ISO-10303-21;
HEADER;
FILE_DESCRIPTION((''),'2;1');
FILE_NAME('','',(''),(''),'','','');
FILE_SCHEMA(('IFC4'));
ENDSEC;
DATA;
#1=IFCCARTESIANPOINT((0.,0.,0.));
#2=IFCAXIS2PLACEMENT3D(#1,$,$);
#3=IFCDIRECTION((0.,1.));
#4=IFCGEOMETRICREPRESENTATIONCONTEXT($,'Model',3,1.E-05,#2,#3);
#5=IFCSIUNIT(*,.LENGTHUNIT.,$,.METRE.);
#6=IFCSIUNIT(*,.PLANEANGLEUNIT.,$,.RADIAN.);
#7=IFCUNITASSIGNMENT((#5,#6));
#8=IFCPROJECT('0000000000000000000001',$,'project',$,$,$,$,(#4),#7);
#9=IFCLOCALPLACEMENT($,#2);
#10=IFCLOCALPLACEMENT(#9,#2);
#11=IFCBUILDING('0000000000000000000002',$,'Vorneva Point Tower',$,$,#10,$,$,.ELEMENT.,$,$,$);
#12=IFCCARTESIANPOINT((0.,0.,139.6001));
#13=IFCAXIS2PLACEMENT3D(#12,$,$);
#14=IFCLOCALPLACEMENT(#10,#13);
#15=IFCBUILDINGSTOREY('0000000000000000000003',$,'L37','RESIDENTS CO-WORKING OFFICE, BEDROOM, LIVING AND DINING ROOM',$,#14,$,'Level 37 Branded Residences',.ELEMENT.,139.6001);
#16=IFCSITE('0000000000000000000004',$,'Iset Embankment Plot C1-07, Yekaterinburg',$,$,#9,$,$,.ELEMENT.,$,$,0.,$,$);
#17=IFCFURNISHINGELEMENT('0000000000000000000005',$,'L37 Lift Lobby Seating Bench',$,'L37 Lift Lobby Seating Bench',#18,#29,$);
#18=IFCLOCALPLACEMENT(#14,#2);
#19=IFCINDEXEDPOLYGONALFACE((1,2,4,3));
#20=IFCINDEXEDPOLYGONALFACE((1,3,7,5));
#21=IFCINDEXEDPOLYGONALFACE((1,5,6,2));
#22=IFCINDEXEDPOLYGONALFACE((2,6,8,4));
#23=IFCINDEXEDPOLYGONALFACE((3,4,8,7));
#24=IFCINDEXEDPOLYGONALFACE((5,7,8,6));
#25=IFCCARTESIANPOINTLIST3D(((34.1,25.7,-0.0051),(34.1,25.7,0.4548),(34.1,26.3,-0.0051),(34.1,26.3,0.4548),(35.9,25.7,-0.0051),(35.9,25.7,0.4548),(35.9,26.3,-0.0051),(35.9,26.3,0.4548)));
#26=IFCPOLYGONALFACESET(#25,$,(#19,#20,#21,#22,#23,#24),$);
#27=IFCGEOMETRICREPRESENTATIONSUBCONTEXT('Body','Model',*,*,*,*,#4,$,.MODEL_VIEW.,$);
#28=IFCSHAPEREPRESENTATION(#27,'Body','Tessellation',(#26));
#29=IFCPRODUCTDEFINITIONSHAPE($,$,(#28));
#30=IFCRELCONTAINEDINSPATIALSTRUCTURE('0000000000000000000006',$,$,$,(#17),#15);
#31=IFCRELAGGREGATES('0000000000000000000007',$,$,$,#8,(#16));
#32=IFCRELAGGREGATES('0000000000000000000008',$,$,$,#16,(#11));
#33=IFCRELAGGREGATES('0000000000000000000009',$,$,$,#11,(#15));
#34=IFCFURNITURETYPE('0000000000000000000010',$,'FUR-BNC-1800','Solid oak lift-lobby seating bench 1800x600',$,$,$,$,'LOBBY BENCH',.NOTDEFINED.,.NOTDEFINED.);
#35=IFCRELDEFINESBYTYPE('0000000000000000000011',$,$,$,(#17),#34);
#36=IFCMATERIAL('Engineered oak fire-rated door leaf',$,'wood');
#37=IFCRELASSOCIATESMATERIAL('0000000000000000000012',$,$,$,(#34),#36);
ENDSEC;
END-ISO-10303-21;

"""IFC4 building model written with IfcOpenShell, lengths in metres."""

from ifc_helpers import new_model, si_unit, direction, frame, origin, origin_2d, place, context, subcontext, project, spatial, rectangle, extrude, material, type_object, element, save


model = new_model("IFC4")

# Units and contexts
model_context = context("Model", 3, precision=1e-05, world=origin(), true_north=direction((0.0, 1.0)))
body_context = subcontext(model_context, "Body", "Model", "MODEL_VIEW")
ifc_project = project(units=[si_unit("LENGTHUNIT", "METRE"), si_unit("PLANEANGLEUNIT", "RADIAN")], contexts=[model_context])

# Site, building, storey
site_placement = place(None, origin())
site = spatial("IfcSite", under=ifc_project, at=site_placement, Name="Iset Embankment Plot C1-07, Yekaterinburg", CompositionType="ELEMENT", RefElevation=0.0)
building_placement = place(site_placement, origin())
building = spatial("IfcBuilding", under=site, at=building_placement, Name="Vorneva Point Tower", CompositionType="ELEMENT")
storey_placement = place(building_placement, frame((0.0, 0.0, 139.6001)))
storey = spatial("IfcBuildingStorey", under=building, at=storey_placement, Name="L37", Description="RESIDENTS CO-WORKING OFFICE, BEDROOM, LIVING AND DINING ROOM", LongName="Level 37 Branded Residences", CompositionType="ELEMENT", Elevation=139.6001)

# Shared definitions
ifc_material_1 = material(Name="Engineered oak fire-rated door leaf", Category="wood")

# Furnishing element
furniture_type = type_object("IfcFurnitureType", Name="FUR-BNC-1800", Description="Solid oak lift-lobby seating bench 1800x600", ElementType="LOBBY BENCH", AssemblyPlace="NOTDEFINED", PredefinedType="NOTDEFINED", material=ifc_material_1)
furnishing_placement = place(storey_placement, frame((35.0, 26.0, -0.0051), z_axis=(0.0, 0.0, 1.0), x_axis=(1.0, 0.0, 0.0)))
element("IfcFurnishingElement", 1, at=furnishing_placement, inside=storey, type_object=furniture_type, Name="L37 Lift Lobby Seating Bench", ObjectType="L37 Lift Lobby Seating Bench", context=body_context, shape_type="SweptSolid", body=[
    extrude(rectangle(XDim=1.8, YDim=0.6001, at=origin_2d()), origin(), (0.0, 0.0, 1.0), 0.46),
])

save(model, "model.ifc")
